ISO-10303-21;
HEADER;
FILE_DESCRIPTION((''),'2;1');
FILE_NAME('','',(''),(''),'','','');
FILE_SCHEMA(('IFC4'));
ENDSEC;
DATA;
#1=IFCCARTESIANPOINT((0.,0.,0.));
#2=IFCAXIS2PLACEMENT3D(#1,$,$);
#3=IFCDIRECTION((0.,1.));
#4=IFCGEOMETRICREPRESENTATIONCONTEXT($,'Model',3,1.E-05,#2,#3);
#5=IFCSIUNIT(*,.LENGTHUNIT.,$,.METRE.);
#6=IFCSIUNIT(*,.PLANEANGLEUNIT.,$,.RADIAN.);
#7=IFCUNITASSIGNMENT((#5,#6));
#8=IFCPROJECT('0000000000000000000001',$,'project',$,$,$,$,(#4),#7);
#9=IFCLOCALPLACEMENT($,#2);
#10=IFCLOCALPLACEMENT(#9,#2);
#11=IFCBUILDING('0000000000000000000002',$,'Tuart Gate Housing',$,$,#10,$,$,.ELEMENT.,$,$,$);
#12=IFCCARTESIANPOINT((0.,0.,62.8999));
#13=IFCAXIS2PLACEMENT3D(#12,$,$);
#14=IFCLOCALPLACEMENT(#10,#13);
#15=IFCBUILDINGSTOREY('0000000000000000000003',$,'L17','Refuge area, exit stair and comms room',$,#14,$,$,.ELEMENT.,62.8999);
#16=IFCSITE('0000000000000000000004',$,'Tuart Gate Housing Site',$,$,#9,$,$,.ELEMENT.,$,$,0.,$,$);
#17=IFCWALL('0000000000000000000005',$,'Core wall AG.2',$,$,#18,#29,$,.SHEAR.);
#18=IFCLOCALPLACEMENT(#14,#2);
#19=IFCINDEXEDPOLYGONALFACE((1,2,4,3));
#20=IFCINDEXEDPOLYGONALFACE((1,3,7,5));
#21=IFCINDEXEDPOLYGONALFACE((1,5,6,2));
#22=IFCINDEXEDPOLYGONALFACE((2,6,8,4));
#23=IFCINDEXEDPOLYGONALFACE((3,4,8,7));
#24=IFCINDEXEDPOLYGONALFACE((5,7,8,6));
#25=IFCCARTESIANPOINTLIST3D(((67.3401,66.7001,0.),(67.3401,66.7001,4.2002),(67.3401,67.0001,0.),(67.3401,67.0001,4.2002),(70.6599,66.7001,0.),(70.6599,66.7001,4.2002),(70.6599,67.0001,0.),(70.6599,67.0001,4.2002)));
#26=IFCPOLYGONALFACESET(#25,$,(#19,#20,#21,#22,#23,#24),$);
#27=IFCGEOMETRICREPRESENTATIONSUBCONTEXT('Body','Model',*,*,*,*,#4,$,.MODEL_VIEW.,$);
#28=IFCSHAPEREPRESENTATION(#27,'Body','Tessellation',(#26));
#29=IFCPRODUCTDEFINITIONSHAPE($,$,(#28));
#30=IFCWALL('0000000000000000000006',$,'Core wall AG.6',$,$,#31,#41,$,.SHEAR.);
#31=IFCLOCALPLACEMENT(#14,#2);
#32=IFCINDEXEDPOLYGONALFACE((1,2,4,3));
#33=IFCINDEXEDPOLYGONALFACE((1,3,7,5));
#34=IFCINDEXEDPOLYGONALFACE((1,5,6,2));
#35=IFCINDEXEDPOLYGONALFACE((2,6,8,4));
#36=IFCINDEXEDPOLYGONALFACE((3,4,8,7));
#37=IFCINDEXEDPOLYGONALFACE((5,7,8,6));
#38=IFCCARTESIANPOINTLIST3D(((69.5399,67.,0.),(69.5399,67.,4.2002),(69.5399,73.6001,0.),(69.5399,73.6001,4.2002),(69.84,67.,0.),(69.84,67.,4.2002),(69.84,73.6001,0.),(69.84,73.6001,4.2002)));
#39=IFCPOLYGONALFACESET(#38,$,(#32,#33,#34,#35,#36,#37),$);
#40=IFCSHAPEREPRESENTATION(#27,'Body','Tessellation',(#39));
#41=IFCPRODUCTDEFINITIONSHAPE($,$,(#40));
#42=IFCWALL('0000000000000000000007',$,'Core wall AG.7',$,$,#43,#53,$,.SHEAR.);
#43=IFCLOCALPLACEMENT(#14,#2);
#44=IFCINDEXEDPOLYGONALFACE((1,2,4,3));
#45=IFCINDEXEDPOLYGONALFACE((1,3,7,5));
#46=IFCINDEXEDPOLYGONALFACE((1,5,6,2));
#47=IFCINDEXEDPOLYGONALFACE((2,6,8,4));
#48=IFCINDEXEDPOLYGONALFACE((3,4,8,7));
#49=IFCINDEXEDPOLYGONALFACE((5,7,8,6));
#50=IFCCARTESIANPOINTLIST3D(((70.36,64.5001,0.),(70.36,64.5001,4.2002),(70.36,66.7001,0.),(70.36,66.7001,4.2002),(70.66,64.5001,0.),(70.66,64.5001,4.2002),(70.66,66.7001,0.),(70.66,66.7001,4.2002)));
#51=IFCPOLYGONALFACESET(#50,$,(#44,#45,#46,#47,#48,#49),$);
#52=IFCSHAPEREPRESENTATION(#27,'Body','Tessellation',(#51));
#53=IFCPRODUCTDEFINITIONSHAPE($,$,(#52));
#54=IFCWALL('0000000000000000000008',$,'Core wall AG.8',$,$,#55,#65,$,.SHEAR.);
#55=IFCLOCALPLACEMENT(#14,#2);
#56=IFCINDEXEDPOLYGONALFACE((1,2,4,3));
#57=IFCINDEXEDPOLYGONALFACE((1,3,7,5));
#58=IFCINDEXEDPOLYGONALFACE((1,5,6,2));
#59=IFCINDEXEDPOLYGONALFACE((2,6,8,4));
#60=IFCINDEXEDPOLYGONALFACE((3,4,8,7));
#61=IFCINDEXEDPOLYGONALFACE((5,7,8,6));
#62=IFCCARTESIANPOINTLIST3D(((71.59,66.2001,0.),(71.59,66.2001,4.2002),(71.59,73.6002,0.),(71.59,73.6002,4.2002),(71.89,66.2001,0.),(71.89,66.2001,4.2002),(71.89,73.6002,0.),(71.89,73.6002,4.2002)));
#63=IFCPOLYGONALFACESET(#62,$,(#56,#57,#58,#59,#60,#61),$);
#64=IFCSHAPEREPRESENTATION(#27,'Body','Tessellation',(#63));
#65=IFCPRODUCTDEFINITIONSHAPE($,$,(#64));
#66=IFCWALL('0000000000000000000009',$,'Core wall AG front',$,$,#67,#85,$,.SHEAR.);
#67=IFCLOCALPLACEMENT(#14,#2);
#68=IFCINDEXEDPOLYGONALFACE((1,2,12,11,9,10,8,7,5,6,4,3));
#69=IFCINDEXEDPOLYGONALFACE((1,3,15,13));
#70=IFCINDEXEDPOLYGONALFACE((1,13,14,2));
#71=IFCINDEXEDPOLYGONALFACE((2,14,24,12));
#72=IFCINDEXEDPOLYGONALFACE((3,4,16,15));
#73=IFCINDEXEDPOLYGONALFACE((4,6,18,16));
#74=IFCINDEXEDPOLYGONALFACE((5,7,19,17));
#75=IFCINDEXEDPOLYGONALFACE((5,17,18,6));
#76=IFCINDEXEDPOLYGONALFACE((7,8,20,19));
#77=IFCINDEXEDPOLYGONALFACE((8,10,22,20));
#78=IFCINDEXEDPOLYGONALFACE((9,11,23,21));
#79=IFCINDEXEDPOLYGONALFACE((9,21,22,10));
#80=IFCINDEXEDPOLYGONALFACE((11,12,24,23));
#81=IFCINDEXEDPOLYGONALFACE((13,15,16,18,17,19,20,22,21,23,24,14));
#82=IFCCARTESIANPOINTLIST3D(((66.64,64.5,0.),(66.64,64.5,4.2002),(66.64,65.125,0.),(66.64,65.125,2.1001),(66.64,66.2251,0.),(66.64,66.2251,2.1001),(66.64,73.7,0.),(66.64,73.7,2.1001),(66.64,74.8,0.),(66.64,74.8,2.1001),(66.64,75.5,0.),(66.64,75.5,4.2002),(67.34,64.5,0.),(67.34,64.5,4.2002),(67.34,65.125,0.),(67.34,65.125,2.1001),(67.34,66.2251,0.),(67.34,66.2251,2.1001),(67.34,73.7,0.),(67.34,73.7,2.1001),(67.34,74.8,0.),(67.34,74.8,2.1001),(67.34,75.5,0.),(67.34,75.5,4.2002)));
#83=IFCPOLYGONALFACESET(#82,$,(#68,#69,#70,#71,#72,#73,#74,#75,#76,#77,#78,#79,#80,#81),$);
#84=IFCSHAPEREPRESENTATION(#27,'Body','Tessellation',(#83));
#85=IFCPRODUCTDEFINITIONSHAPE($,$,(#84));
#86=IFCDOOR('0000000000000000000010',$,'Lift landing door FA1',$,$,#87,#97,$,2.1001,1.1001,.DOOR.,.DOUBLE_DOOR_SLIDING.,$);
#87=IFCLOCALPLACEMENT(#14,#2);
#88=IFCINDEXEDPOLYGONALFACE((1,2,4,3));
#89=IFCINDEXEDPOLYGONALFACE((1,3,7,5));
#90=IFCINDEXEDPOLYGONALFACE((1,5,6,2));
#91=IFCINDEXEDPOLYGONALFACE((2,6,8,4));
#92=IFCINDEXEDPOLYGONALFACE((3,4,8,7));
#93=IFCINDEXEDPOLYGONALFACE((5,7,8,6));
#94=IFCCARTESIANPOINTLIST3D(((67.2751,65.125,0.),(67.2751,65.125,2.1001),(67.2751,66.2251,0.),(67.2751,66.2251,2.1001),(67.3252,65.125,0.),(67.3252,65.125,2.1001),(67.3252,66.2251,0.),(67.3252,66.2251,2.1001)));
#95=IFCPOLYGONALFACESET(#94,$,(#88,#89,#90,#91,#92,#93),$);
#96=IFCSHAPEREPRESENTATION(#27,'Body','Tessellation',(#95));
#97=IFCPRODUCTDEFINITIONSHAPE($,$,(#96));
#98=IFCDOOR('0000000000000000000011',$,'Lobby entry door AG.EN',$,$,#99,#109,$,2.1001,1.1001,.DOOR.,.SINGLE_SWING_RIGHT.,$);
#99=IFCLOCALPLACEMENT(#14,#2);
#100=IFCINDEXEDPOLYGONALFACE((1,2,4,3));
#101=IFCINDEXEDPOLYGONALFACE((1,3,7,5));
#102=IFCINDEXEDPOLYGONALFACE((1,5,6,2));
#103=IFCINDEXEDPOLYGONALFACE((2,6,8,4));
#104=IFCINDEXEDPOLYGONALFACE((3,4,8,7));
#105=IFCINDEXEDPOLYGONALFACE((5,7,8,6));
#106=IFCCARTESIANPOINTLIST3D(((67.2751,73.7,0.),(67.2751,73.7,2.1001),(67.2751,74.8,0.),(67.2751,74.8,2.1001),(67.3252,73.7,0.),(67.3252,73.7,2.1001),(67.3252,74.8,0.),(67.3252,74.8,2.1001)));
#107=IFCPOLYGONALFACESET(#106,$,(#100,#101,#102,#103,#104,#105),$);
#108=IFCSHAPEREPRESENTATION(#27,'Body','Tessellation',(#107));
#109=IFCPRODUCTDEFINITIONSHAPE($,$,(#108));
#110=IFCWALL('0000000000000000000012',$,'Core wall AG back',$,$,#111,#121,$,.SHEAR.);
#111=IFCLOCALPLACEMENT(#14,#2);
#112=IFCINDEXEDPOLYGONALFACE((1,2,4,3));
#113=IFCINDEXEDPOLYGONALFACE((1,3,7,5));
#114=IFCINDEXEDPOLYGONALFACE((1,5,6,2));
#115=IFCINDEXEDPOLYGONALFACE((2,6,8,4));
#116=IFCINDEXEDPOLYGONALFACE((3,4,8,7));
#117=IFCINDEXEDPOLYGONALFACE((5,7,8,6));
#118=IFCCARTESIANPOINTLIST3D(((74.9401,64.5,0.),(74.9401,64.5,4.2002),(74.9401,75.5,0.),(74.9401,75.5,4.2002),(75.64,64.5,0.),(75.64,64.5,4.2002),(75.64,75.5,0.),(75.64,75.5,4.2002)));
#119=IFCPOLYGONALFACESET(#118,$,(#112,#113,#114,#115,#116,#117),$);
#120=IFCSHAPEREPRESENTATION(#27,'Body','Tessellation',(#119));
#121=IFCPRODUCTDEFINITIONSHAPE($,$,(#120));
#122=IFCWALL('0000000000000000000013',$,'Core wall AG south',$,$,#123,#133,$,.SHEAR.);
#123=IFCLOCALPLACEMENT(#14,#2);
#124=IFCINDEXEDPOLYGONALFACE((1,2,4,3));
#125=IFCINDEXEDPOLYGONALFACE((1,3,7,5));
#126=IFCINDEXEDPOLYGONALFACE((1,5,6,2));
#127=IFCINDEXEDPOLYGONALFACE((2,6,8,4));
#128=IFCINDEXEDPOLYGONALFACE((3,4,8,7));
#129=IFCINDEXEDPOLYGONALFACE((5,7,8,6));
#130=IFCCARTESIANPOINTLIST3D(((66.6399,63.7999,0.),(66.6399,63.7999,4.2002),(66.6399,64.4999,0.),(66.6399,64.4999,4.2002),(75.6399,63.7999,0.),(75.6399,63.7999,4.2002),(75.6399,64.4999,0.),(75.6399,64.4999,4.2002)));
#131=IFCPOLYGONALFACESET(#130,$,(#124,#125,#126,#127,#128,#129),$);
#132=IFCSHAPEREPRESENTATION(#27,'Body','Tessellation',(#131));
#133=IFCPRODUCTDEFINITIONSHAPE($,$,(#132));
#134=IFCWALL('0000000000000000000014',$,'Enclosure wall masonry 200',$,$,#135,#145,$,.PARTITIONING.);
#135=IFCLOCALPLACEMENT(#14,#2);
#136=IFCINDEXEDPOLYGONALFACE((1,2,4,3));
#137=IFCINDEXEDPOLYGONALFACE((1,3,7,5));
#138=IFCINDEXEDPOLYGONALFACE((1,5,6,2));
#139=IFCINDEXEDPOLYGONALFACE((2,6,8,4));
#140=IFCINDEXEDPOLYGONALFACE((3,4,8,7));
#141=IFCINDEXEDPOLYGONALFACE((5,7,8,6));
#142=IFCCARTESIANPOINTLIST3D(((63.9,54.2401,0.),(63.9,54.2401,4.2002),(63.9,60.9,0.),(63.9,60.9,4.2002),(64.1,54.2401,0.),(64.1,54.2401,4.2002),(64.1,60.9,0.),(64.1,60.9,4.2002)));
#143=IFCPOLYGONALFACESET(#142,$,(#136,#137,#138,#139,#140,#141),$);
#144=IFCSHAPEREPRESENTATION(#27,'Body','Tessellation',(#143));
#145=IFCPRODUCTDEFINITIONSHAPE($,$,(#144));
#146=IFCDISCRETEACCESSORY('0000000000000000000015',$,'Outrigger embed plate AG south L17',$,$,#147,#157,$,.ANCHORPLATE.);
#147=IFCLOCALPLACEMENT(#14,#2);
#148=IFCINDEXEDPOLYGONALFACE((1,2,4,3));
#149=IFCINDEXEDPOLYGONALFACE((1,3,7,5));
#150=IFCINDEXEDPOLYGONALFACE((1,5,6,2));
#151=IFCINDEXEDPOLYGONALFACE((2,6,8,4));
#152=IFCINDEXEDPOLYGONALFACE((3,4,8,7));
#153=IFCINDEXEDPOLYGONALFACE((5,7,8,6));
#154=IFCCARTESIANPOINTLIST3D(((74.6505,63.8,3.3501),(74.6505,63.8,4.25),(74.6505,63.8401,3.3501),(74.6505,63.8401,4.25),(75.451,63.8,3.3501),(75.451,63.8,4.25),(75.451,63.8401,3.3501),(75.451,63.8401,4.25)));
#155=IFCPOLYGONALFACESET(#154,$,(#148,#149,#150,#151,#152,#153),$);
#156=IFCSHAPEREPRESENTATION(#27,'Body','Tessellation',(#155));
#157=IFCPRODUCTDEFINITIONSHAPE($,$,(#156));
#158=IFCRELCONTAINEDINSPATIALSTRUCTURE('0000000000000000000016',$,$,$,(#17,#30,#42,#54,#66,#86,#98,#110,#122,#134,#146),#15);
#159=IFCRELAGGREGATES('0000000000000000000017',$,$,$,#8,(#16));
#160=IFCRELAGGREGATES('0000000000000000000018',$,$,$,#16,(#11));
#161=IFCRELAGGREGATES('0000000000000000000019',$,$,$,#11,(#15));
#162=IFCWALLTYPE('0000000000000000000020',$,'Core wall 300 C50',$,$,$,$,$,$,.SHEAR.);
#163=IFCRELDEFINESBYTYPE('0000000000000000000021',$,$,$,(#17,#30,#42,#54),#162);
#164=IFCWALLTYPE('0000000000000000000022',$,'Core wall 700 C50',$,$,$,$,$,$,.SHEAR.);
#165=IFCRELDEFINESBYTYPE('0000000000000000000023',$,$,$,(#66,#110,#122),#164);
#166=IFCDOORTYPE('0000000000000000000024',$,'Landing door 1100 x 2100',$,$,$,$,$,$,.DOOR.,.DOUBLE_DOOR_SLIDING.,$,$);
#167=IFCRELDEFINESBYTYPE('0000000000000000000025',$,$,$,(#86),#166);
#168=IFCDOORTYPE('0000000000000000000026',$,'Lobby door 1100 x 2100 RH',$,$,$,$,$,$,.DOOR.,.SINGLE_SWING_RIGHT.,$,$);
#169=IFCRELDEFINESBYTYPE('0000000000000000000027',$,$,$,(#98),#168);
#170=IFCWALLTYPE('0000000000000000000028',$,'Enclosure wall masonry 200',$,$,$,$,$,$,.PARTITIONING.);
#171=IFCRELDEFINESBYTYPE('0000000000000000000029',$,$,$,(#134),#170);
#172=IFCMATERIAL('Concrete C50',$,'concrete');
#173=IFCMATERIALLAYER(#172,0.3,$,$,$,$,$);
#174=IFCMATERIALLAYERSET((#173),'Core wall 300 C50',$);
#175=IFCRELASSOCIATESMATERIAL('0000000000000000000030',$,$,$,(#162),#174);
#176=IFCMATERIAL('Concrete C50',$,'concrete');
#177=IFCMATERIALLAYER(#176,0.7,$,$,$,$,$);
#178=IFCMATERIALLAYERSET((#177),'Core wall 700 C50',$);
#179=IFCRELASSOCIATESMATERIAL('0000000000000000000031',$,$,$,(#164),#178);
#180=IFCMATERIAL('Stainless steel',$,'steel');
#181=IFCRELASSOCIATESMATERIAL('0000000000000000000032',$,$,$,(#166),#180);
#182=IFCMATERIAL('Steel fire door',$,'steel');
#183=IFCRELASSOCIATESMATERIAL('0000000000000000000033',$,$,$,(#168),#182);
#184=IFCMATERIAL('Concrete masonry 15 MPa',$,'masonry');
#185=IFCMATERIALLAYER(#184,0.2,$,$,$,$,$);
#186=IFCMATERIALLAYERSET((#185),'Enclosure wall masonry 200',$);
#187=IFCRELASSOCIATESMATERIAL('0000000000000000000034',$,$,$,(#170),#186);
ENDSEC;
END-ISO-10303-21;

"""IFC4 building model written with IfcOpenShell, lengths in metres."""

from ifc_helpers import new_model, si_unit, direction, frame, frame_2d, origin, origin_2d, place, context, subcontext, project, spatial, rectangle, extrude, material, layer, layer_set, type_object, element, fill, save


model = new_model("IFC4")

# Units and contexts
model_context = context("Model", 3, precision=1e-05, world=origin(), true_north=direction((0.0, 1.0)))
body_context = subcontext(model_context, "Body", "Model", "MODEL_VIEW")
ifc_project = project(units=[si_unit("LENGTHUNIT", "METRE"), si_unit("PLANEANGLEUNIT", "RADIAN")], contexts=[model_context])

# Site, building, storey
site_placement = place(None, origin())
site = spatial("IfcSite", under=ifc_project, at=site_placement, Name="Tuart Gate Housing Site", CompositionType="ELEMENT", RefElevation=0.0)
building_placement = place(site_placement, origin())
building = spatial("IfcBuilding", under=site, at=building_placement, Name="Tuart Gate Housing", CompositionType="ELEMENT")
storey_placement = place(building_placement, frame((0.0, 0.0, 62.8999)))
storey = spatial("IfcBuildingStorey", under=building, at=storey_placement, Name="L17", Description="Refuge area, exit stair and comms room", CompositionType="ELEMENT", Elevation=62.8999)

# Walls
ifc_material_1 = material(Name="Concrete C50", Category="concrete")
ifc_layer_1 = layer(ifc_material_1, 0.3)
ifc_layer_set_1 = layer_set([ifc_layer_1], Name="Core wall 300 C50")
wall_type_1 = type_object("IfcWallType", Name="Core wall 300 C50", PredefinedType="SHEAR", material=ifc_layer_set_1)
wall_1_placement = place(storey_placement, frame((67.3401, 66.8501, 0.0), z_axis=(0.0, 0.0, 1.0), x_axis=(1.0, 0.0, 0.0)))
element("IfcWall", 1, at=wall_1_placement, inside=storey, type_object=wall_type_1, Name="Core wall AG.2", PredefinedType="SHEAR", context=body_context, shape_type="SweptSolid", body=[
    extrude(rectangle(XDim=3.3198, YDim=0.3, at=frame_2d((1.6599, 0.0))), origin(), (0.0, 0.0, 1.0), 4.2002),
])
wall_2_placement = place(storey_placement, frame((69.6899, 67.0, 0.0), z_axis=(0.0, 0.0, 1.0), x_axis=(0.0, 1.0, 0.0)))
element("IfcWall", 2, at=wall_2_placement, inside=storey, type_object=wall_type_1, Name="Core wall AG.6", PredefinedType="SHEAR", context=body_context, shape_type="SweptSolid", body=[
    extrude(rectangle(XDim=6.6001, YDim=0.3, at=frame_2d((3.3, 0.0))), origin(), (0.0, 0.0, 1.0), 4.2002),
])
wall_3_placement = place(storey_placement, frame((70.51, 64.5, 0.0), z_axis=(0.0, 0.0, 1.0), x_axis=(0.0, 1.0, 0.0)))
element("IfcWall", 3, at=wall_3_placement, inside=storey, type_object=wall_type_1, Name="Core wall AG.7", PredefinedType="SHEAR", context=body_context, shape_type="SweptSolid", body=[
    extrude(rectangle(XDim=2.2, YDim=0.3, at=frame_2d((1.1001, 0.0))), origin(), (0.0, 0.0, 1.0), 4.2002),
])
wall_4_placement = place(storey_placement, frame((71.74, 66.2, 0.0), z_axis=(0.0, 0.0, 1.0), x_axis=(0.0, 1.0, 0.0)))
element("IfcWall", 4, at=wall_4_placement, inside=storey, type_object=wall_type_1, Name="Core wall AG.8", PredefinedType="SHEAR", context=body_context, shape_type="SweptSolid", body=[
    extrude(rectangle(XDim=7.4001, YDim=0.3, at=frame_2d((3.7002, 0.0))), origin(), (0.0, 0.0, 1.0), 4.2002),
])

# Wall, openings, doors
ifc_material_2 = material(Name="Concrete C50", Category="concrete")
ifc_layer_2 = layer(ifc_material_2, 0.7)
ifc_layer_set_2 = layer_set([ifc_layer_2], Name="Core wall 700 C50")
wall_type_2 = type_object("IfcWallType", Name="Core wall 700 C50", PredefinedType="SHEAR", material=ifc_layer_set_2)
wall_5_placement = place(storey_placement, frame((66.99, 64.5, 0.0), z_axis=(0.0, 0.0, 1.0), x_axis=(0.0, 1.0, 0.0)))
wall_5 = element("IfcWall", 5, at=wall_5_placement, inside=storey, type_object=wall_type_2, Name="Core wall AG front", PredefinedType="SHEAR", context=body_context, shape_type="SweptSolid", body=[
    extrude(rectangle(XDim=11.0, YDim=0.7, at=frame_2d((5.5, 0.0))), origin(), (0.0, 0.0, 1.0), 4.2002),
])
opening_1_placement = place(wall_5_placement, frame((0.625, 0.0, 0.0)))
opening_1 = element("IfcOpeningElement", 6, at=opening_1_placement, cuts=wall_5, PredefinedType="OPENING", context=body_context, shape_type="SweptSolid", body=[
    extrude(rectangle(XDim=1.1001, YDim=2.1001, at=frame_2d((0.55, 1.05))), frame((0.0, 0.3599, 0.0), z_axis=(0.0, -1.0, 0.0), x_axis=(1.0, 0.0, 0.0)), (0.0, 0.0, 1.0), 0.72),
])
opening_2_placement = place(wall_5_placement, frame((9.2, 0.0, 0.0)))
opening_2 = element("IfcOpeningElement", 7, at=opening_2_placement, cuts=wall_5, PredefinedType="OPENING", context=body_context, shape_type="SweptSolid", body=[
    extrude(rectangle(XDim=1.1001, YDim=2.1001, at=frame_2d((0.55, 1.05))), frame((0.0, 0.3599, 0.0), z_axis=(0.0, -1.0, 0.0), x_axis=(1.0, 0.0, 0.0)), (0.0, 0.0, 1.0), 0.72),
])
ifc_material_3 = material(Name="Stainless steel", Category="steel")
door_type_1 = type_object("IfcDoorType", Name="Landing door 1100 x 2100", OperationType="DOUBLE_DOOR_SLIDING", PredefinedType="DOOR", material=ifc_material_3)
door_1_placement = place(opening_1_placement, origin())
door_1 = element("IfcDoor", 8, at=door_1_placement, inside=storey, type_object=door_type_1, Name="Lift landing door FA1", OperationType="DOUBLE_DOOR_SLIDING", OverallHeight=2.1001, OverallWidth=1.1001, PredefinedType="DOOR", context=body_context, shape_type="SweptSolid", body=[
    extrude(rectangle(XDim=1.1001, YDim=2.1001, at=frame_2d((0.55, 1.05))), frame((0.0, -0.2852, 0.0), z_axis=(0.0, -1.0, 0.0), x_axis=(1.0, 0.0, 0.0)), (0.0, 0.0, 1.0), 0.05),
])
fill(opening_1, door_1)
ifc_material_4 = material(Name="Steel fire door", Category="steel")
door_type_2 = type_object("IfcDoorType", Name="Lobby door 1100 x 2100 RH", OperationType="SINGLE_SWING_RIGHT", PredefinedType="DOOR", material=ifc_material_4)
door_2_placement = place(opening_2_placement, frame((1.1001, 0.0, 0.0), z_axis=(0.0, 0.0, 1.0), x_axis=(-1.0, 0.0, 0.0)))
door_2 = element("IfcDoor", 9, at=door_2_placement, inside=storey, type_object=door_type_2, Name="Lobby entry door AG.EN", OperationType="SINGLE_SWING_RIGHT", OverallHeight=2.1001, OverallWidth=1.1001, PredefinedType="DOOR", context=body_context, shape_type="SweptSolid", body=[
    extrude(rectangle(XDim=1.1001, YDim=2.1001, at=frame_2d((0.55, 1.05))), frame((0.0, 0.3352, 0.0), z_axis=(0.0, -1.0, 0.0), x_axis=(1.0, 0.0, 0.0)), (0.0, 0.0, 1.0), 0.05),
])
fill(opening_2, door_2)

# Walls
wall_6_placement = place(storey_placement, frame((75.29, 64.5, 0.0), z_axis=(0.0, 0.0, 1.0), x_axis=(0.0, 1.0, 0.0)))
element("IfcWall", 10, at=wall_6_placement, inside=storey, type_object=wall_type_2, Name="Core wall AG back", PredefinedType="SHEAR", context=body_context, shape_type="SweptSolid", body=[
    extrude(rectangle(XDim=11.0, YDim=0.7, at=frame_2d((5.5, 0.0))), origin(), (0.0, 0.0, 1.0), 4.2002),
])
wall_7_placement = place(storey_placement, frame((66.6399, 64.1499, 0.0), z_axis=(0.0, 0.0, 1.0), x_axis=(1.0, 0.0, 0.0)))
element("IfcWall", 11, at=wall_7_placement, inside=storey, type_object=wall_type_2, Name="Core wall AG south", PredefinedType="SHEAR", context=body_context, shape_type="SweptSolid", body=[
    extrude(rectangle(XDim=9.0, YDim=0.7, at=frame_2d((4.5, 0.0))), origin(), (0.0, 0.0, 1.0), 4.2002),
])
ifc_material_5 = material(Name="Concrete masonry 15 MPa", Category="masonry")
ifc_layer_3 = layer(ifc_material_5, 0.2)
ifc_layer_set_3 = layer_set([ifc_layer_3], Name="Enclosure wall masonry 200")
wall_type_3 = type_object("IfcWallType", Name="Enclosure wall masonry 200", PredefinedType="PARTITIONING", material=ifc_layer_set_3)
wall_8_placement = place(storey_placement, frame((64.0, 54.24, 0.0), z_axis=(0.0, 0.0, 1.0), x_axis=(0.0, 1.0, 0.0)))
element("IfcWall", 12, at=wall_8_placement, inside=storey, type_object=wall_type_3, Name="Enclosure wall masonry 200", PredefinedType="PARTITIONING", context=body_context, shape_type="SweptSolid", body=[
    extrude(rectangle(XDim=6.6599, YDim=0.2, at=frame_2d((3.3301, 0.0))), origin(), (0.0, 0.0, 1.0), 4.2002),
])

# Discrete accessory
discrete_accessory_placement = place(storey_placement, frame((75.0508, 63.8201, 3.3501), z_axis=(0.0, 0.0, 1.0), x_axis=(1.0, 0.0, 0.0)))
element("IfcDiscreteAccessory", 13, at=discrete_accessory_placement, inside=storey, Name="Outrigger embed plate AG south L17", PredefinedType="ANCHORPLATE", context=body_context, shape_type="SweptSolid", body=[
    extrude(rectangle(XDim=0.8005, YDim=0.04, at=origin_2d()), origin(), (0.0, 0.0, 1.0), 0.8999),
])

save(model, "model.ifc")
